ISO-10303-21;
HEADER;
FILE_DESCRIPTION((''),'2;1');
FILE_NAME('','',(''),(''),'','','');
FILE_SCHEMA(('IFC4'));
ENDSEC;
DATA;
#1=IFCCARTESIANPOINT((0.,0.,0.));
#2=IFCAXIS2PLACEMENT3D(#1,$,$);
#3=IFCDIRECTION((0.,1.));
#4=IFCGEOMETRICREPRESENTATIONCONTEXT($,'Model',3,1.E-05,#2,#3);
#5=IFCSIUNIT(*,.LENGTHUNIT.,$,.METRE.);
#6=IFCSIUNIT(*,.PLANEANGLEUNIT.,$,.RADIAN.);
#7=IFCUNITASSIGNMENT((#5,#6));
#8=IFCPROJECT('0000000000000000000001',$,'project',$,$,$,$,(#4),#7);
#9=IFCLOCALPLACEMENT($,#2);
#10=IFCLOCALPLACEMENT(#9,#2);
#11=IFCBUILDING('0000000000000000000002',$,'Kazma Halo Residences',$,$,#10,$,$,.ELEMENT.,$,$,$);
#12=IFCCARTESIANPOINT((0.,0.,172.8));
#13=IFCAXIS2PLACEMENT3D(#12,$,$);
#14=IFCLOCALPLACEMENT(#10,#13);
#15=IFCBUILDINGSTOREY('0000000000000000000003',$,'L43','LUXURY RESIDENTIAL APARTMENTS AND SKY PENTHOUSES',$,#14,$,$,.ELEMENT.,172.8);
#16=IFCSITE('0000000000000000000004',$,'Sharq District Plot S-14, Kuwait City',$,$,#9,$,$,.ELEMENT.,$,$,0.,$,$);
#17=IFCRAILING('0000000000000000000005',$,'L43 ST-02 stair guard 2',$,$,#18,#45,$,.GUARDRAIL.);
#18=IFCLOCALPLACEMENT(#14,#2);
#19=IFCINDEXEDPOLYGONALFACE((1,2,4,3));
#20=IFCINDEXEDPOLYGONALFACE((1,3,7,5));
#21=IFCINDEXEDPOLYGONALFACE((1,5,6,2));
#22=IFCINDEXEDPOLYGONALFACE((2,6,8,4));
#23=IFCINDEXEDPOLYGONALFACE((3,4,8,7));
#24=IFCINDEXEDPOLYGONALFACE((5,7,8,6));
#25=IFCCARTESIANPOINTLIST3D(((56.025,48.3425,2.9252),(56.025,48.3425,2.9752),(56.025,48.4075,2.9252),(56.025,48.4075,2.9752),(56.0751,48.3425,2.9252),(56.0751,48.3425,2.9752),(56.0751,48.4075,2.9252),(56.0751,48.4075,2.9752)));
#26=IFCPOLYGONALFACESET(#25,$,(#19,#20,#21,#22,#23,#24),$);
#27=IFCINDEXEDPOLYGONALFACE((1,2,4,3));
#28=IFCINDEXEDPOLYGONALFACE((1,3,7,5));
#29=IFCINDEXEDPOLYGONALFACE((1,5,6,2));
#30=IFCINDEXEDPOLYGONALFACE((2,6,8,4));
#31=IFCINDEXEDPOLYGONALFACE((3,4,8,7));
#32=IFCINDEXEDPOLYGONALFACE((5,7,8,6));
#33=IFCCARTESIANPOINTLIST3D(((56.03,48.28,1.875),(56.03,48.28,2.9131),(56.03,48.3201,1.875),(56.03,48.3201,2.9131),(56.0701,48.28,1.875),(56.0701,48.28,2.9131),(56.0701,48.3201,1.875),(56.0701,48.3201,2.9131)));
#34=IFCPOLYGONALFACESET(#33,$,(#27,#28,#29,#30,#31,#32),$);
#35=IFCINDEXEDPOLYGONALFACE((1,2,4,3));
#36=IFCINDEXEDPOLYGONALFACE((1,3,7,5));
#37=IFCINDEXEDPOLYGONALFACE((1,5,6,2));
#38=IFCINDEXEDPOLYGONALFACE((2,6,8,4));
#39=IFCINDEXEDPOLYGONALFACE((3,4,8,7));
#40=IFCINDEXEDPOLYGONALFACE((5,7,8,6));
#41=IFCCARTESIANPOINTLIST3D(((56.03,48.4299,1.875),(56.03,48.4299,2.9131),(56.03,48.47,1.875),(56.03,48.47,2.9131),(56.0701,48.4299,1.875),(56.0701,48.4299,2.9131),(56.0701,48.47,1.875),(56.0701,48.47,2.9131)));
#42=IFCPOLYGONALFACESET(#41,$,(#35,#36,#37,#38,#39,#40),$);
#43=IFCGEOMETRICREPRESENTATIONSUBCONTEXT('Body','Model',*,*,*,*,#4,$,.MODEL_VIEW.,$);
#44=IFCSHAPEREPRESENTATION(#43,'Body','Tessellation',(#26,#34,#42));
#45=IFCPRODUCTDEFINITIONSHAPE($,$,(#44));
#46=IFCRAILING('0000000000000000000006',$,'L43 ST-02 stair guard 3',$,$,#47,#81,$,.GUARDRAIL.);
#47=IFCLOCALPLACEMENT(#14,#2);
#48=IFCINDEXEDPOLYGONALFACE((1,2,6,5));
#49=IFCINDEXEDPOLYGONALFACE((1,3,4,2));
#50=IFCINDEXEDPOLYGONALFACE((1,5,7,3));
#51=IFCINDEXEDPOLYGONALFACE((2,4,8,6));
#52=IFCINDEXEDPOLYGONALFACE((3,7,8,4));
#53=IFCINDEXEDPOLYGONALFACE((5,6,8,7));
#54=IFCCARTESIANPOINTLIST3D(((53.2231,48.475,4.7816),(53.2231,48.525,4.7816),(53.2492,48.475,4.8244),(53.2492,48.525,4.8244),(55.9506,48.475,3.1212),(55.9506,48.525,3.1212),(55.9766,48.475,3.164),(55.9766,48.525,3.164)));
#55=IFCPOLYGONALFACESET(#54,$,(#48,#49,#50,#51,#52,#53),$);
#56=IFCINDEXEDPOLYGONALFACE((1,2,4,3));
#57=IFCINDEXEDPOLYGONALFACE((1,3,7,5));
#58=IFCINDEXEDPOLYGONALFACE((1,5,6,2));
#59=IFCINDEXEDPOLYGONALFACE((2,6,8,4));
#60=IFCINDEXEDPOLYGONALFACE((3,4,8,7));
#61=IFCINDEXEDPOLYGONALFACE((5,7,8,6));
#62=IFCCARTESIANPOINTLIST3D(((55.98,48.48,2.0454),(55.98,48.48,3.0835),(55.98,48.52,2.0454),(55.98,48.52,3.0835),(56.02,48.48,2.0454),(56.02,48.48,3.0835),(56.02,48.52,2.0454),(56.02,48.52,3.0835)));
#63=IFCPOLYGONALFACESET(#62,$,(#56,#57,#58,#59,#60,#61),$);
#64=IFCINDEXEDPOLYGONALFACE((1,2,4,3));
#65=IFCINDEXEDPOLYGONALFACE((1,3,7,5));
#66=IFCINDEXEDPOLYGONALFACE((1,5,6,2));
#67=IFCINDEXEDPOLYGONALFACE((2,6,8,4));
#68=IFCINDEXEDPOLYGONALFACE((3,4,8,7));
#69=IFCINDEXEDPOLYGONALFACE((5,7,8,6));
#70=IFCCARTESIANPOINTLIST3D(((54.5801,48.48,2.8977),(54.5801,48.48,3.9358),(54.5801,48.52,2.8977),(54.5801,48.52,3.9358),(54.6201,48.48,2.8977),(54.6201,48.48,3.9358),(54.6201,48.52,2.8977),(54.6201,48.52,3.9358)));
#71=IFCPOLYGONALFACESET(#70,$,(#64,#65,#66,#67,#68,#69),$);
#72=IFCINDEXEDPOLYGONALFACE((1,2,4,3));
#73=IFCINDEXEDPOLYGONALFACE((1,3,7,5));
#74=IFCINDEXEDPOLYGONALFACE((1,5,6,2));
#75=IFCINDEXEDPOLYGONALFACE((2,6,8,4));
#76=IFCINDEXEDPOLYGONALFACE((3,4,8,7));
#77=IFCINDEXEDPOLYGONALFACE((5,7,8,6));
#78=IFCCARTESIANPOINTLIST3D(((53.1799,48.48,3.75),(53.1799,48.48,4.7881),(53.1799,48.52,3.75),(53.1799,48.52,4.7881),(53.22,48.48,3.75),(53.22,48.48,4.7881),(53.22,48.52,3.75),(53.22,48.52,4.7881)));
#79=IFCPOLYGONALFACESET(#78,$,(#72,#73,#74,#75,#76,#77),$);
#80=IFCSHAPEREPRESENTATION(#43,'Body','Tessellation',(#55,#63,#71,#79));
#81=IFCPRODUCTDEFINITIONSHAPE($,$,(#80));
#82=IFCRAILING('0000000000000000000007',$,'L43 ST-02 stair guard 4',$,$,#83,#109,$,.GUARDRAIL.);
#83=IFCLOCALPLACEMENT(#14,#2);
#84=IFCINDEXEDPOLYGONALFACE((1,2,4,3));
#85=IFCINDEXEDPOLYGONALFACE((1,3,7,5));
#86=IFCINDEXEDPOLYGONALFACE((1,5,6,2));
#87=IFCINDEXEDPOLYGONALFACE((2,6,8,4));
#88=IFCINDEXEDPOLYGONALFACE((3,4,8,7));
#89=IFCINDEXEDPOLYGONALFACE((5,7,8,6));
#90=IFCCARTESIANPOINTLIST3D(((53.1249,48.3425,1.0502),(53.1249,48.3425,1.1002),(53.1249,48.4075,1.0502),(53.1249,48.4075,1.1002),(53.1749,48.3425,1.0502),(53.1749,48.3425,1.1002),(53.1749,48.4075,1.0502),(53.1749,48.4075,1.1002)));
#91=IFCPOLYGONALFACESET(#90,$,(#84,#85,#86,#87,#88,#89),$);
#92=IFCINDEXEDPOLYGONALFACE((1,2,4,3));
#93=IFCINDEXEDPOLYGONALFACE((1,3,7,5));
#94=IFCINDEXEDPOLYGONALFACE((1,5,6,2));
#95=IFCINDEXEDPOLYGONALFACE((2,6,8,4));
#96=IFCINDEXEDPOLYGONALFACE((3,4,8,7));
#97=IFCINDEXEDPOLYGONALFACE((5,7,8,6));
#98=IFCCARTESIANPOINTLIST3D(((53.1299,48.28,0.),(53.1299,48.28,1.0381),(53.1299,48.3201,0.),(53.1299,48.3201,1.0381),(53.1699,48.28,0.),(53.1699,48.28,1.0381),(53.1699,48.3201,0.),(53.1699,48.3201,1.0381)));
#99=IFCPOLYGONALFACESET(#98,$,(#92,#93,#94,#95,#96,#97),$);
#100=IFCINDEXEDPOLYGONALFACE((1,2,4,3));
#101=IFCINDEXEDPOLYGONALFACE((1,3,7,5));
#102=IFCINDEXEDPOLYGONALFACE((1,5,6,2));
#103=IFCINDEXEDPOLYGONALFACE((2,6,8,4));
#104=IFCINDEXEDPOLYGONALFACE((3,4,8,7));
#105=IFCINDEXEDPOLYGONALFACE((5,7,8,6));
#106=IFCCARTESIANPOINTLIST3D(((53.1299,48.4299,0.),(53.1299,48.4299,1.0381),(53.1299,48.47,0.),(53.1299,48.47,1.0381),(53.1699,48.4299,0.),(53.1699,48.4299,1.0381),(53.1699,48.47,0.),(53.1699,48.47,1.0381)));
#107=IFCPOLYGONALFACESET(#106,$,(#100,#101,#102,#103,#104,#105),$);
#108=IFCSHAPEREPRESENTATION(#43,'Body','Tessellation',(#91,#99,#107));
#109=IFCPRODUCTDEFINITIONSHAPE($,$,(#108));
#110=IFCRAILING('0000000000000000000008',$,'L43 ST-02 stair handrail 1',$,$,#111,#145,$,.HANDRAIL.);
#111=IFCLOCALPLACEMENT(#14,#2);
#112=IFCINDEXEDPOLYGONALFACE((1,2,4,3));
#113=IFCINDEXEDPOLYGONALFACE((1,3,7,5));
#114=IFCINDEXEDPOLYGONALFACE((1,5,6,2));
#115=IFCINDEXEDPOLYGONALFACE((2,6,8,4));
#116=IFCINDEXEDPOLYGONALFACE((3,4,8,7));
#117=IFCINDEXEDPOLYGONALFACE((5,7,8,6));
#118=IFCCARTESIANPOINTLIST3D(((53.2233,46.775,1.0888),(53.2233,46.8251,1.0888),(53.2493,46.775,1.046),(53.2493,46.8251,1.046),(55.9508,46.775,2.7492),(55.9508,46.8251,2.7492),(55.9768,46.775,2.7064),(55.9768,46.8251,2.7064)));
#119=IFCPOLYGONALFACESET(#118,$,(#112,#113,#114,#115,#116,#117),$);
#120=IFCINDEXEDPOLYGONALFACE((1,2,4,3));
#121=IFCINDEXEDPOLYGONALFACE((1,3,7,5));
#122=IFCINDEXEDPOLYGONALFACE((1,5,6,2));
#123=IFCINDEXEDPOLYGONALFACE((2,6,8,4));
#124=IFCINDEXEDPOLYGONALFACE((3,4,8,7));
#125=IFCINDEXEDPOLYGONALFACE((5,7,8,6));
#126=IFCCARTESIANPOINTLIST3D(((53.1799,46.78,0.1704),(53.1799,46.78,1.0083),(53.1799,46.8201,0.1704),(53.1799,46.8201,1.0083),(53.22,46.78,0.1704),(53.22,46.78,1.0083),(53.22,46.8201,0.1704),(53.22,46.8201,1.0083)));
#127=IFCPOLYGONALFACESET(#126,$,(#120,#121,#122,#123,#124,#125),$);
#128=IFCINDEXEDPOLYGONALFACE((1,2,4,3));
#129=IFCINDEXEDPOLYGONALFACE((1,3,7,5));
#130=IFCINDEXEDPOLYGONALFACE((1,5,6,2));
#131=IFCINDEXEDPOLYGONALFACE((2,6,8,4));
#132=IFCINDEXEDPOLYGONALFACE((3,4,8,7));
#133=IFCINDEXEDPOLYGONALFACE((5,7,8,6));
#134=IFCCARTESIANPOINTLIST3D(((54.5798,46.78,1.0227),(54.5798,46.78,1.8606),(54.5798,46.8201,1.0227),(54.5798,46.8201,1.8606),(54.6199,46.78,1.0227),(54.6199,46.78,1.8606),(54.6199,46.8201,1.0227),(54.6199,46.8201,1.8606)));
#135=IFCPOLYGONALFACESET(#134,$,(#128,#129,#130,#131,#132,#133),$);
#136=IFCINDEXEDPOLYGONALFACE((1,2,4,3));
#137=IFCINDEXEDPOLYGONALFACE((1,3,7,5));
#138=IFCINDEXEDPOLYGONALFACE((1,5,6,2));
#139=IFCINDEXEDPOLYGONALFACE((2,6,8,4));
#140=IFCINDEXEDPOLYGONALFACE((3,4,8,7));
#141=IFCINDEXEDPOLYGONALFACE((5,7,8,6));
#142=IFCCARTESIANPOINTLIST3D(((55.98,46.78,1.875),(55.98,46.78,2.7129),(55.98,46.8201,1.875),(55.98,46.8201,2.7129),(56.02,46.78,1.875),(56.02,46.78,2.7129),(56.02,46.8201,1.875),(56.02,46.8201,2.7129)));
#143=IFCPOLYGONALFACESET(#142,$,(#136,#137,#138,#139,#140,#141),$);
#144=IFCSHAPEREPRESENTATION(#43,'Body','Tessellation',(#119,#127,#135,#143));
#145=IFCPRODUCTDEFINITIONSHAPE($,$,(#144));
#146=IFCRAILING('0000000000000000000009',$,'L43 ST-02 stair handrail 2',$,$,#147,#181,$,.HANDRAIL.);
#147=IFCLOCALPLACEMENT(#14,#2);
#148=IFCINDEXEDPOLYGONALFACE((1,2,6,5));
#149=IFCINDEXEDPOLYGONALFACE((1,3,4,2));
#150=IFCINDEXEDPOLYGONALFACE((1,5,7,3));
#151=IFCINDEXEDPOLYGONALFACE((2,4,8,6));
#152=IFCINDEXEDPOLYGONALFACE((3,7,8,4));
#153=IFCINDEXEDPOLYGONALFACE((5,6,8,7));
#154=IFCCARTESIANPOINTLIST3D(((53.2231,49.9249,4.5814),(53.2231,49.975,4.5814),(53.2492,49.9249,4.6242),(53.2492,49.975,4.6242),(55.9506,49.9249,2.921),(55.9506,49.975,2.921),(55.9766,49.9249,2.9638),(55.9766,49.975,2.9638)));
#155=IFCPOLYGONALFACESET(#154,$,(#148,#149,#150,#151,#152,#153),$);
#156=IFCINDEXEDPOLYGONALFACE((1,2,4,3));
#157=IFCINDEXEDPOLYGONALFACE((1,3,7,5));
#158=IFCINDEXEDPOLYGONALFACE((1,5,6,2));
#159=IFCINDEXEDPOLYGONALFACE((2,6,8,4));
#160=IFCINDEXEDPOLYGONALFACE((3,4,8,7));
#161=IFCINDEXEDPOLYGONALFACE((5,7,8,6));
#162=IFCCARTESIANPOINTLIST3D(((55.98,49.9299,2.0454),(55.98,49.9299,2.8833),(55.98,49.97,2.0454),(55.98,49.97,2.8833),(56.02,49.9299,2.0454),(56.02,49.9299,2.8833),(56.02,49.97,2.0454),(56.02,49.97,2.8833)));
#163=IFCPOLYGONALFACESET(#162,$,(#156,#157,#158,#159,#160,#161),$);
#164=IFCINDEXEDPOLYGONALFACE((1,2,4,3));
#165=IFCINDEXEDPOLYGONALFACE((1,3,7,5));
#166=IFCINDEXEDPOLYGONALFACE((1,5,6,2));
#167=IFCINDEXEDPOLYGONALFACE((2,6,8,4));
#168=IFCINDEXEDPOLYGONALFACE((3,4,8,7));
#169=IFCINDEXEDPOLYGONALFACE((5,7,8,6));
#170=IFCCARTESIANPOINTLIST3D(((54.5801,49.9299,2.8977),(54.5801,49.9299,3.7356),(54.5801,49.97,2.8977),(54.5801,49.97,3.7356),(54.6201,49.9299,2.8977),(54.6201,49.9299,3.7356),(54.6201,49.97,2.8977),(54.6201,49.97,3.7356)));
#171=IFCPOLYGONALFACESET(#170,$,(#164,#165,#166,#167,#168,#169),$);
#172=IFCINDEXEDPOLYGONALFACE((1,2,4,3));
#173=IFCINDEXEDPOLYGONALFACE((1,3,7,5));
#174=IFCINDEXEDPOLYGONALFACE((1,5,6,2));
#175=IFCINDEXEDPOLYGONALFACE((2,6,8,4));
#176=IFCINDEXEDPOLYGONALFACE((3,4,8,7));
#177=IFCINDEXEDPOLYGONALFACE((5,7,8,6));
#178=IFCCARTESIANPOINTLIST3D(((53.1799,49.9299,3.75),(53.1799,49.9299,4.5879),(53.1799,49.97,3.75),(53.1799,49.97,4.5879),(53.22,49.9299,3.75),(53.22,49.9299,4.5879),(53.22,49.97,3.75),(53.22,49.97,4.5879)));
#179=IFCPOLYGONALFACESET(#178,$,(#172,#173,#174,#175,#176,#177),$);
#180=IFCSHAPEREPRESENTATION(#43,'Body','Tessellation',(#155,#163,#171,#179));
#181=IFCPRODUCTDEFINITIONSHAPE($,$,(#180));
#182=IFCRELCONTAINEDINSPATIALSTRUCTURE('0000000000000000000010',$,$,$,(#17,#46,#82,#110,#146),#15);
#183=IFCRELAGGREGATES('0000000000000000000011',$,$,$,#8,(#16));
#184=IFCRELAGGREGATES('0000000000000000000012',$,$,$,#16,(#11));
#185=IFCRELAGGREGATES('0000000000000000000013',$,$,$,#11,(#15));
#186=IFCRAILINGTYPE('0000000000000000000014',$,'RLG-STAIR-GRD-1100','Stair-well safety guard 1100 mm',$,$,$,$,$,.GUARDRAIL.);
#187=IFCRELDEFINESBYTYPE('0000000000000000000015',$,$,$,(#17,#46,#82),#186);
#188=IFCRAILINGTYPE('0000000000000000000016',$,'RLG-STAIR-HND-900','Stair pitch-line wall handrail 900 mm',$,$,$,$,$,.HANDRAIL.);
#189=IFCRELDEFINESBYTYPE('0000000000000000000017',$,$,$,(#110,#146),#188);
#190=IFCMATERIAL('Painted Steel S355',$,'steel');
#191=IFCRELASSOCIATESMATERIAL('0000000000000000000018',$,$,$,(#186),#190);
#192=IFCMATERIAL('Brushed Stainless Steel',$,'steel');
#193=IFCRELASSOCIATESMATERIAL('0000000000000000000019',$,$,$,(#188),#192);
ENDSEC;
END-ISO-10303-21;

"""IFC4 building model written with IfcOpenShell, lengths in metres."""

from ifc_helpers import new_model, si_unit, direction, frame, origin, origin_2d, place, context, subcontext, project, spatial, rectangle, extrude, material, type_object, element, save


model = new_model("IFC4")

# Units and contexts
model_context = context("Model", 3, precision=1e-05, world=origin(), true_north=direction((0.0, 1.0)))
body_context = subcontext(model_context, "Body", "Model", "MODEL_VIEW")
ifc_project = project(units=[si_unit("LENGTHUNIT", "METRE"), si_unit("PLANEANGLEUNIT", "RADIAN")], contexts=[model_context])

# Site, building, storey
site_placement = place(None, origin())
site = spatial("IfcSite", under=ifc_project, at=site_placement, Name="Sharq District Plot S-14, Kuwait City", CompositionType="ELEMENT", RefElevation=0.0)
building_placement = place(site_placement, origin())
building = spatial("IfcBuilding", under=site, at=building_placement, Name="Kazma Halo Residences", CompositionType="ELEMENT")
storey_placement = place(building_placement, frame((0.0, 0.0, 172.8)))
storey = spatial("IfcBuildingStorey", under=building, at=storey_placement, Name="L43", Description="LUXURY RESIDENTIAL APARTMENTS AND SKY PENTHOUSES", CompositionType="ELEMENT", Elevation=172.8)

# Railings
ifc_material_1 = material(Name="Painted Steel S355", Category="steel")
railing_type_1 = type_object("IfcRailingType", Name="RLG-STAIR-GRD-1100", Description="Stair-well safety guard 1100 mm", PredefinedType="GUARDRAIL", material=ifc_material_1)
railing_1_placement = place(storey_placement, frame((56.05, 48.3, 1.875)))
element("IfcRailing", 1, at=railing_1_placement, inside=storey, type_object=railing_type_1, Name="L43 ST-02 stair guard 2", PredefinedType="GUARDRAIL", context=body_context, shape_type="SweptSolid", body=[
    extrude(rectangle(XDim=0.05, YDim=0.05, at=origin_2d()), frame((0.0, 0.0425, 1.0752), z_axis=(0.0, 1.0, 0.0), x_axis=(-1.0, 0.0, 0.0)), (0.0, 0.0, 1.0), 0.0649),
    extrude(rectangle(XDim=0.04, YDim=0.04, at=origin_2d()), origin(), (0.0, 0.0, 1.0), 1.0381),
    extrude(rectangle(XDim=0.04, YDim=0.04, at=origin_2d()), frame((0.0, 0.1499, 0.0)), (0.0, 0.0, 1.0), 1.0381),
])
railing_2_placement = place(storey_placement, frame((56.0, 48.5, 2.0454)))
element("IfcRailing", 2, at=railing_2_placement, inside=storey, type_object=railing_type_1, Name="L43 ST-02 stair guard 3", PredefinedType="GUARDRAIL", context=body_context, shape_type="SweptSolid", body=[
    extrude(rectangle(XDim=0.05, YDim=0.05, at=origin_2d()), frame((-0.0364, 0.0, 1.0972), z_axis=(-0.85417, 0.0, 0.519994), x_axis=(0.0, -1.0, 0.0)), (0.0, 0.0, 1.0), 3.1931),
    extrude(rectangle(XDim=0.04, YDim=0.04, at=origin_2d()), origin(), (0.0, 0.0, 1.0), 1.0381),
    extrude(rectangle(XDim=0.04, YDim=0.04, at=origin_2d()), frame((-1.3999, 0.0, 0.8523)), (0.0, 0.0, 1.0), 1.0381),
    extrude(rectangle(XDim=0.04, YDim=0.04, at=origin_2d()), frame((-2.8, 0.0, 1.7046)), (0.0, 0.0, 1.0), 1.0381),
])
railing_3_placement = place(storey_placement, frame((53.1499, 48.3, 0.0)))
element("IfcRailing", 3, at=railing_3_placement, inside=storey, type_object=railing_type_1, Name="L43 ST-02 stair guard 4", PredefinedType="GUARDRAIL", context=body_context, shape_type="SweptSolid", body=[
    extrude(rectangle(XDim=0.05, YDim=0.05, at=origin_2d()), frame((0.0, 0.0425, 1.0752), z_axis=(0.0, 1.0, 0.0), x_axis=(-1.0, 0.0, 0.0)), (0.0, 0.0, 1.0), 0.0649),
    extrude(rectangle(XDim=0.04, YDim=0.04, at=origin_2d()), origin(), (0.0, 0.0, 1.0), 1.0381),
    extrude(rectangle(XDim=0.04, YDim=0.04, at=origin_2d()), frame((0.0, 0.1499, 0.0)), (0.0, 0.0, 1.0), 1.0381),
])
ifc_material_2 = material(Name="Brushed Stainless Steel", Category="steel")
railing_type_2 = type_object("IfcRailingType", Name="RLG-STAIR-HND-900", Description="Stair pitch-line wall handrail 900 mm", PredefinedType="HANDRAIL", material=ifc_material_2)
railing_4_placement = place(storey_placement, frame((53.2, 46.8, 0.1704)))
element("IfcRailing", 4, at=railing_4_placement, inside=storey, type_object=railing_type_2, Name="L43 ST-02 stair handrail 1", PredefinedType="HANDRAIL", context=body_context, shape_type="SweptSolid", body=[
    extrude(rectangle(XDim=0.05, YDim=0.05, at=origin_2d()), frame((0.0364, 0.0, 0.897), z_axis=(0.85417, 0.0, 0.519994), x_axis=(0.0, 1.0, 0.0)), (0.0, 0.0, 1.0), 3.1931),
    extrude(rectangle(XDim=0.04, YDim=0.04, at=origin_2d()), origin(), (0.0, 0.0, 1.0), 0.8379),
    extrude(rectangle(XDim=0.04, YDim=0.04, at=origin_2d()), frame((1.3999, 0.0, 0.8523)), (0.0, 0.0, 1.0), 0.8379),
    extrude(rectangle(XDim=0.04, YDim=0.04, at=origin_2d()), frame((2.8, 0.0, 1.7046)), (0.0, 0.0, 1.0), 0.8379),
])
railing_5_placement = place(storey_placement, frame((56.0, 49.95, 2.0454)))
element("IfcRailing", 5, at=railing_5_placement, inside=storey, type_object=railing_type_2, Name="L43 ST-02 stair handrail 2", PredefinedType="HANDRAIL", context=body_context, shape_type="SweptSolid", body=[
    extrude(rectangle(XDim=0.05, YDim=0.05, at=origin_2d()), frame((-0.0364, 0.0, 0.897), z_axis=(-0.85417, 0.0, 0.519994), x_axis=(0.0, -1.0, 0.0)), (0.0, 0.0, 1.0), 3.1931),
    extrude(rectangle(XDim=0.04, YDim=0.04, at=origin_2d()), origin(), (0.0, 0.0, 1.0), 0.8379),
    extrude(rectangle(XDim=0.04, YDim=0.04, at=origin_2d()), frame((-1.3999, 0.0, 0.8523)), (0.0, 0.0, 1.0), 0.8379),
    extrude(rectangle(XDim=0.04, YDim=0.04, at=origin_2d()), frame((-2.8, 0.0, 1.7046)), (0.0, 0.0, 1.0), 0.8379),
])

save(model, "model.ifc")
